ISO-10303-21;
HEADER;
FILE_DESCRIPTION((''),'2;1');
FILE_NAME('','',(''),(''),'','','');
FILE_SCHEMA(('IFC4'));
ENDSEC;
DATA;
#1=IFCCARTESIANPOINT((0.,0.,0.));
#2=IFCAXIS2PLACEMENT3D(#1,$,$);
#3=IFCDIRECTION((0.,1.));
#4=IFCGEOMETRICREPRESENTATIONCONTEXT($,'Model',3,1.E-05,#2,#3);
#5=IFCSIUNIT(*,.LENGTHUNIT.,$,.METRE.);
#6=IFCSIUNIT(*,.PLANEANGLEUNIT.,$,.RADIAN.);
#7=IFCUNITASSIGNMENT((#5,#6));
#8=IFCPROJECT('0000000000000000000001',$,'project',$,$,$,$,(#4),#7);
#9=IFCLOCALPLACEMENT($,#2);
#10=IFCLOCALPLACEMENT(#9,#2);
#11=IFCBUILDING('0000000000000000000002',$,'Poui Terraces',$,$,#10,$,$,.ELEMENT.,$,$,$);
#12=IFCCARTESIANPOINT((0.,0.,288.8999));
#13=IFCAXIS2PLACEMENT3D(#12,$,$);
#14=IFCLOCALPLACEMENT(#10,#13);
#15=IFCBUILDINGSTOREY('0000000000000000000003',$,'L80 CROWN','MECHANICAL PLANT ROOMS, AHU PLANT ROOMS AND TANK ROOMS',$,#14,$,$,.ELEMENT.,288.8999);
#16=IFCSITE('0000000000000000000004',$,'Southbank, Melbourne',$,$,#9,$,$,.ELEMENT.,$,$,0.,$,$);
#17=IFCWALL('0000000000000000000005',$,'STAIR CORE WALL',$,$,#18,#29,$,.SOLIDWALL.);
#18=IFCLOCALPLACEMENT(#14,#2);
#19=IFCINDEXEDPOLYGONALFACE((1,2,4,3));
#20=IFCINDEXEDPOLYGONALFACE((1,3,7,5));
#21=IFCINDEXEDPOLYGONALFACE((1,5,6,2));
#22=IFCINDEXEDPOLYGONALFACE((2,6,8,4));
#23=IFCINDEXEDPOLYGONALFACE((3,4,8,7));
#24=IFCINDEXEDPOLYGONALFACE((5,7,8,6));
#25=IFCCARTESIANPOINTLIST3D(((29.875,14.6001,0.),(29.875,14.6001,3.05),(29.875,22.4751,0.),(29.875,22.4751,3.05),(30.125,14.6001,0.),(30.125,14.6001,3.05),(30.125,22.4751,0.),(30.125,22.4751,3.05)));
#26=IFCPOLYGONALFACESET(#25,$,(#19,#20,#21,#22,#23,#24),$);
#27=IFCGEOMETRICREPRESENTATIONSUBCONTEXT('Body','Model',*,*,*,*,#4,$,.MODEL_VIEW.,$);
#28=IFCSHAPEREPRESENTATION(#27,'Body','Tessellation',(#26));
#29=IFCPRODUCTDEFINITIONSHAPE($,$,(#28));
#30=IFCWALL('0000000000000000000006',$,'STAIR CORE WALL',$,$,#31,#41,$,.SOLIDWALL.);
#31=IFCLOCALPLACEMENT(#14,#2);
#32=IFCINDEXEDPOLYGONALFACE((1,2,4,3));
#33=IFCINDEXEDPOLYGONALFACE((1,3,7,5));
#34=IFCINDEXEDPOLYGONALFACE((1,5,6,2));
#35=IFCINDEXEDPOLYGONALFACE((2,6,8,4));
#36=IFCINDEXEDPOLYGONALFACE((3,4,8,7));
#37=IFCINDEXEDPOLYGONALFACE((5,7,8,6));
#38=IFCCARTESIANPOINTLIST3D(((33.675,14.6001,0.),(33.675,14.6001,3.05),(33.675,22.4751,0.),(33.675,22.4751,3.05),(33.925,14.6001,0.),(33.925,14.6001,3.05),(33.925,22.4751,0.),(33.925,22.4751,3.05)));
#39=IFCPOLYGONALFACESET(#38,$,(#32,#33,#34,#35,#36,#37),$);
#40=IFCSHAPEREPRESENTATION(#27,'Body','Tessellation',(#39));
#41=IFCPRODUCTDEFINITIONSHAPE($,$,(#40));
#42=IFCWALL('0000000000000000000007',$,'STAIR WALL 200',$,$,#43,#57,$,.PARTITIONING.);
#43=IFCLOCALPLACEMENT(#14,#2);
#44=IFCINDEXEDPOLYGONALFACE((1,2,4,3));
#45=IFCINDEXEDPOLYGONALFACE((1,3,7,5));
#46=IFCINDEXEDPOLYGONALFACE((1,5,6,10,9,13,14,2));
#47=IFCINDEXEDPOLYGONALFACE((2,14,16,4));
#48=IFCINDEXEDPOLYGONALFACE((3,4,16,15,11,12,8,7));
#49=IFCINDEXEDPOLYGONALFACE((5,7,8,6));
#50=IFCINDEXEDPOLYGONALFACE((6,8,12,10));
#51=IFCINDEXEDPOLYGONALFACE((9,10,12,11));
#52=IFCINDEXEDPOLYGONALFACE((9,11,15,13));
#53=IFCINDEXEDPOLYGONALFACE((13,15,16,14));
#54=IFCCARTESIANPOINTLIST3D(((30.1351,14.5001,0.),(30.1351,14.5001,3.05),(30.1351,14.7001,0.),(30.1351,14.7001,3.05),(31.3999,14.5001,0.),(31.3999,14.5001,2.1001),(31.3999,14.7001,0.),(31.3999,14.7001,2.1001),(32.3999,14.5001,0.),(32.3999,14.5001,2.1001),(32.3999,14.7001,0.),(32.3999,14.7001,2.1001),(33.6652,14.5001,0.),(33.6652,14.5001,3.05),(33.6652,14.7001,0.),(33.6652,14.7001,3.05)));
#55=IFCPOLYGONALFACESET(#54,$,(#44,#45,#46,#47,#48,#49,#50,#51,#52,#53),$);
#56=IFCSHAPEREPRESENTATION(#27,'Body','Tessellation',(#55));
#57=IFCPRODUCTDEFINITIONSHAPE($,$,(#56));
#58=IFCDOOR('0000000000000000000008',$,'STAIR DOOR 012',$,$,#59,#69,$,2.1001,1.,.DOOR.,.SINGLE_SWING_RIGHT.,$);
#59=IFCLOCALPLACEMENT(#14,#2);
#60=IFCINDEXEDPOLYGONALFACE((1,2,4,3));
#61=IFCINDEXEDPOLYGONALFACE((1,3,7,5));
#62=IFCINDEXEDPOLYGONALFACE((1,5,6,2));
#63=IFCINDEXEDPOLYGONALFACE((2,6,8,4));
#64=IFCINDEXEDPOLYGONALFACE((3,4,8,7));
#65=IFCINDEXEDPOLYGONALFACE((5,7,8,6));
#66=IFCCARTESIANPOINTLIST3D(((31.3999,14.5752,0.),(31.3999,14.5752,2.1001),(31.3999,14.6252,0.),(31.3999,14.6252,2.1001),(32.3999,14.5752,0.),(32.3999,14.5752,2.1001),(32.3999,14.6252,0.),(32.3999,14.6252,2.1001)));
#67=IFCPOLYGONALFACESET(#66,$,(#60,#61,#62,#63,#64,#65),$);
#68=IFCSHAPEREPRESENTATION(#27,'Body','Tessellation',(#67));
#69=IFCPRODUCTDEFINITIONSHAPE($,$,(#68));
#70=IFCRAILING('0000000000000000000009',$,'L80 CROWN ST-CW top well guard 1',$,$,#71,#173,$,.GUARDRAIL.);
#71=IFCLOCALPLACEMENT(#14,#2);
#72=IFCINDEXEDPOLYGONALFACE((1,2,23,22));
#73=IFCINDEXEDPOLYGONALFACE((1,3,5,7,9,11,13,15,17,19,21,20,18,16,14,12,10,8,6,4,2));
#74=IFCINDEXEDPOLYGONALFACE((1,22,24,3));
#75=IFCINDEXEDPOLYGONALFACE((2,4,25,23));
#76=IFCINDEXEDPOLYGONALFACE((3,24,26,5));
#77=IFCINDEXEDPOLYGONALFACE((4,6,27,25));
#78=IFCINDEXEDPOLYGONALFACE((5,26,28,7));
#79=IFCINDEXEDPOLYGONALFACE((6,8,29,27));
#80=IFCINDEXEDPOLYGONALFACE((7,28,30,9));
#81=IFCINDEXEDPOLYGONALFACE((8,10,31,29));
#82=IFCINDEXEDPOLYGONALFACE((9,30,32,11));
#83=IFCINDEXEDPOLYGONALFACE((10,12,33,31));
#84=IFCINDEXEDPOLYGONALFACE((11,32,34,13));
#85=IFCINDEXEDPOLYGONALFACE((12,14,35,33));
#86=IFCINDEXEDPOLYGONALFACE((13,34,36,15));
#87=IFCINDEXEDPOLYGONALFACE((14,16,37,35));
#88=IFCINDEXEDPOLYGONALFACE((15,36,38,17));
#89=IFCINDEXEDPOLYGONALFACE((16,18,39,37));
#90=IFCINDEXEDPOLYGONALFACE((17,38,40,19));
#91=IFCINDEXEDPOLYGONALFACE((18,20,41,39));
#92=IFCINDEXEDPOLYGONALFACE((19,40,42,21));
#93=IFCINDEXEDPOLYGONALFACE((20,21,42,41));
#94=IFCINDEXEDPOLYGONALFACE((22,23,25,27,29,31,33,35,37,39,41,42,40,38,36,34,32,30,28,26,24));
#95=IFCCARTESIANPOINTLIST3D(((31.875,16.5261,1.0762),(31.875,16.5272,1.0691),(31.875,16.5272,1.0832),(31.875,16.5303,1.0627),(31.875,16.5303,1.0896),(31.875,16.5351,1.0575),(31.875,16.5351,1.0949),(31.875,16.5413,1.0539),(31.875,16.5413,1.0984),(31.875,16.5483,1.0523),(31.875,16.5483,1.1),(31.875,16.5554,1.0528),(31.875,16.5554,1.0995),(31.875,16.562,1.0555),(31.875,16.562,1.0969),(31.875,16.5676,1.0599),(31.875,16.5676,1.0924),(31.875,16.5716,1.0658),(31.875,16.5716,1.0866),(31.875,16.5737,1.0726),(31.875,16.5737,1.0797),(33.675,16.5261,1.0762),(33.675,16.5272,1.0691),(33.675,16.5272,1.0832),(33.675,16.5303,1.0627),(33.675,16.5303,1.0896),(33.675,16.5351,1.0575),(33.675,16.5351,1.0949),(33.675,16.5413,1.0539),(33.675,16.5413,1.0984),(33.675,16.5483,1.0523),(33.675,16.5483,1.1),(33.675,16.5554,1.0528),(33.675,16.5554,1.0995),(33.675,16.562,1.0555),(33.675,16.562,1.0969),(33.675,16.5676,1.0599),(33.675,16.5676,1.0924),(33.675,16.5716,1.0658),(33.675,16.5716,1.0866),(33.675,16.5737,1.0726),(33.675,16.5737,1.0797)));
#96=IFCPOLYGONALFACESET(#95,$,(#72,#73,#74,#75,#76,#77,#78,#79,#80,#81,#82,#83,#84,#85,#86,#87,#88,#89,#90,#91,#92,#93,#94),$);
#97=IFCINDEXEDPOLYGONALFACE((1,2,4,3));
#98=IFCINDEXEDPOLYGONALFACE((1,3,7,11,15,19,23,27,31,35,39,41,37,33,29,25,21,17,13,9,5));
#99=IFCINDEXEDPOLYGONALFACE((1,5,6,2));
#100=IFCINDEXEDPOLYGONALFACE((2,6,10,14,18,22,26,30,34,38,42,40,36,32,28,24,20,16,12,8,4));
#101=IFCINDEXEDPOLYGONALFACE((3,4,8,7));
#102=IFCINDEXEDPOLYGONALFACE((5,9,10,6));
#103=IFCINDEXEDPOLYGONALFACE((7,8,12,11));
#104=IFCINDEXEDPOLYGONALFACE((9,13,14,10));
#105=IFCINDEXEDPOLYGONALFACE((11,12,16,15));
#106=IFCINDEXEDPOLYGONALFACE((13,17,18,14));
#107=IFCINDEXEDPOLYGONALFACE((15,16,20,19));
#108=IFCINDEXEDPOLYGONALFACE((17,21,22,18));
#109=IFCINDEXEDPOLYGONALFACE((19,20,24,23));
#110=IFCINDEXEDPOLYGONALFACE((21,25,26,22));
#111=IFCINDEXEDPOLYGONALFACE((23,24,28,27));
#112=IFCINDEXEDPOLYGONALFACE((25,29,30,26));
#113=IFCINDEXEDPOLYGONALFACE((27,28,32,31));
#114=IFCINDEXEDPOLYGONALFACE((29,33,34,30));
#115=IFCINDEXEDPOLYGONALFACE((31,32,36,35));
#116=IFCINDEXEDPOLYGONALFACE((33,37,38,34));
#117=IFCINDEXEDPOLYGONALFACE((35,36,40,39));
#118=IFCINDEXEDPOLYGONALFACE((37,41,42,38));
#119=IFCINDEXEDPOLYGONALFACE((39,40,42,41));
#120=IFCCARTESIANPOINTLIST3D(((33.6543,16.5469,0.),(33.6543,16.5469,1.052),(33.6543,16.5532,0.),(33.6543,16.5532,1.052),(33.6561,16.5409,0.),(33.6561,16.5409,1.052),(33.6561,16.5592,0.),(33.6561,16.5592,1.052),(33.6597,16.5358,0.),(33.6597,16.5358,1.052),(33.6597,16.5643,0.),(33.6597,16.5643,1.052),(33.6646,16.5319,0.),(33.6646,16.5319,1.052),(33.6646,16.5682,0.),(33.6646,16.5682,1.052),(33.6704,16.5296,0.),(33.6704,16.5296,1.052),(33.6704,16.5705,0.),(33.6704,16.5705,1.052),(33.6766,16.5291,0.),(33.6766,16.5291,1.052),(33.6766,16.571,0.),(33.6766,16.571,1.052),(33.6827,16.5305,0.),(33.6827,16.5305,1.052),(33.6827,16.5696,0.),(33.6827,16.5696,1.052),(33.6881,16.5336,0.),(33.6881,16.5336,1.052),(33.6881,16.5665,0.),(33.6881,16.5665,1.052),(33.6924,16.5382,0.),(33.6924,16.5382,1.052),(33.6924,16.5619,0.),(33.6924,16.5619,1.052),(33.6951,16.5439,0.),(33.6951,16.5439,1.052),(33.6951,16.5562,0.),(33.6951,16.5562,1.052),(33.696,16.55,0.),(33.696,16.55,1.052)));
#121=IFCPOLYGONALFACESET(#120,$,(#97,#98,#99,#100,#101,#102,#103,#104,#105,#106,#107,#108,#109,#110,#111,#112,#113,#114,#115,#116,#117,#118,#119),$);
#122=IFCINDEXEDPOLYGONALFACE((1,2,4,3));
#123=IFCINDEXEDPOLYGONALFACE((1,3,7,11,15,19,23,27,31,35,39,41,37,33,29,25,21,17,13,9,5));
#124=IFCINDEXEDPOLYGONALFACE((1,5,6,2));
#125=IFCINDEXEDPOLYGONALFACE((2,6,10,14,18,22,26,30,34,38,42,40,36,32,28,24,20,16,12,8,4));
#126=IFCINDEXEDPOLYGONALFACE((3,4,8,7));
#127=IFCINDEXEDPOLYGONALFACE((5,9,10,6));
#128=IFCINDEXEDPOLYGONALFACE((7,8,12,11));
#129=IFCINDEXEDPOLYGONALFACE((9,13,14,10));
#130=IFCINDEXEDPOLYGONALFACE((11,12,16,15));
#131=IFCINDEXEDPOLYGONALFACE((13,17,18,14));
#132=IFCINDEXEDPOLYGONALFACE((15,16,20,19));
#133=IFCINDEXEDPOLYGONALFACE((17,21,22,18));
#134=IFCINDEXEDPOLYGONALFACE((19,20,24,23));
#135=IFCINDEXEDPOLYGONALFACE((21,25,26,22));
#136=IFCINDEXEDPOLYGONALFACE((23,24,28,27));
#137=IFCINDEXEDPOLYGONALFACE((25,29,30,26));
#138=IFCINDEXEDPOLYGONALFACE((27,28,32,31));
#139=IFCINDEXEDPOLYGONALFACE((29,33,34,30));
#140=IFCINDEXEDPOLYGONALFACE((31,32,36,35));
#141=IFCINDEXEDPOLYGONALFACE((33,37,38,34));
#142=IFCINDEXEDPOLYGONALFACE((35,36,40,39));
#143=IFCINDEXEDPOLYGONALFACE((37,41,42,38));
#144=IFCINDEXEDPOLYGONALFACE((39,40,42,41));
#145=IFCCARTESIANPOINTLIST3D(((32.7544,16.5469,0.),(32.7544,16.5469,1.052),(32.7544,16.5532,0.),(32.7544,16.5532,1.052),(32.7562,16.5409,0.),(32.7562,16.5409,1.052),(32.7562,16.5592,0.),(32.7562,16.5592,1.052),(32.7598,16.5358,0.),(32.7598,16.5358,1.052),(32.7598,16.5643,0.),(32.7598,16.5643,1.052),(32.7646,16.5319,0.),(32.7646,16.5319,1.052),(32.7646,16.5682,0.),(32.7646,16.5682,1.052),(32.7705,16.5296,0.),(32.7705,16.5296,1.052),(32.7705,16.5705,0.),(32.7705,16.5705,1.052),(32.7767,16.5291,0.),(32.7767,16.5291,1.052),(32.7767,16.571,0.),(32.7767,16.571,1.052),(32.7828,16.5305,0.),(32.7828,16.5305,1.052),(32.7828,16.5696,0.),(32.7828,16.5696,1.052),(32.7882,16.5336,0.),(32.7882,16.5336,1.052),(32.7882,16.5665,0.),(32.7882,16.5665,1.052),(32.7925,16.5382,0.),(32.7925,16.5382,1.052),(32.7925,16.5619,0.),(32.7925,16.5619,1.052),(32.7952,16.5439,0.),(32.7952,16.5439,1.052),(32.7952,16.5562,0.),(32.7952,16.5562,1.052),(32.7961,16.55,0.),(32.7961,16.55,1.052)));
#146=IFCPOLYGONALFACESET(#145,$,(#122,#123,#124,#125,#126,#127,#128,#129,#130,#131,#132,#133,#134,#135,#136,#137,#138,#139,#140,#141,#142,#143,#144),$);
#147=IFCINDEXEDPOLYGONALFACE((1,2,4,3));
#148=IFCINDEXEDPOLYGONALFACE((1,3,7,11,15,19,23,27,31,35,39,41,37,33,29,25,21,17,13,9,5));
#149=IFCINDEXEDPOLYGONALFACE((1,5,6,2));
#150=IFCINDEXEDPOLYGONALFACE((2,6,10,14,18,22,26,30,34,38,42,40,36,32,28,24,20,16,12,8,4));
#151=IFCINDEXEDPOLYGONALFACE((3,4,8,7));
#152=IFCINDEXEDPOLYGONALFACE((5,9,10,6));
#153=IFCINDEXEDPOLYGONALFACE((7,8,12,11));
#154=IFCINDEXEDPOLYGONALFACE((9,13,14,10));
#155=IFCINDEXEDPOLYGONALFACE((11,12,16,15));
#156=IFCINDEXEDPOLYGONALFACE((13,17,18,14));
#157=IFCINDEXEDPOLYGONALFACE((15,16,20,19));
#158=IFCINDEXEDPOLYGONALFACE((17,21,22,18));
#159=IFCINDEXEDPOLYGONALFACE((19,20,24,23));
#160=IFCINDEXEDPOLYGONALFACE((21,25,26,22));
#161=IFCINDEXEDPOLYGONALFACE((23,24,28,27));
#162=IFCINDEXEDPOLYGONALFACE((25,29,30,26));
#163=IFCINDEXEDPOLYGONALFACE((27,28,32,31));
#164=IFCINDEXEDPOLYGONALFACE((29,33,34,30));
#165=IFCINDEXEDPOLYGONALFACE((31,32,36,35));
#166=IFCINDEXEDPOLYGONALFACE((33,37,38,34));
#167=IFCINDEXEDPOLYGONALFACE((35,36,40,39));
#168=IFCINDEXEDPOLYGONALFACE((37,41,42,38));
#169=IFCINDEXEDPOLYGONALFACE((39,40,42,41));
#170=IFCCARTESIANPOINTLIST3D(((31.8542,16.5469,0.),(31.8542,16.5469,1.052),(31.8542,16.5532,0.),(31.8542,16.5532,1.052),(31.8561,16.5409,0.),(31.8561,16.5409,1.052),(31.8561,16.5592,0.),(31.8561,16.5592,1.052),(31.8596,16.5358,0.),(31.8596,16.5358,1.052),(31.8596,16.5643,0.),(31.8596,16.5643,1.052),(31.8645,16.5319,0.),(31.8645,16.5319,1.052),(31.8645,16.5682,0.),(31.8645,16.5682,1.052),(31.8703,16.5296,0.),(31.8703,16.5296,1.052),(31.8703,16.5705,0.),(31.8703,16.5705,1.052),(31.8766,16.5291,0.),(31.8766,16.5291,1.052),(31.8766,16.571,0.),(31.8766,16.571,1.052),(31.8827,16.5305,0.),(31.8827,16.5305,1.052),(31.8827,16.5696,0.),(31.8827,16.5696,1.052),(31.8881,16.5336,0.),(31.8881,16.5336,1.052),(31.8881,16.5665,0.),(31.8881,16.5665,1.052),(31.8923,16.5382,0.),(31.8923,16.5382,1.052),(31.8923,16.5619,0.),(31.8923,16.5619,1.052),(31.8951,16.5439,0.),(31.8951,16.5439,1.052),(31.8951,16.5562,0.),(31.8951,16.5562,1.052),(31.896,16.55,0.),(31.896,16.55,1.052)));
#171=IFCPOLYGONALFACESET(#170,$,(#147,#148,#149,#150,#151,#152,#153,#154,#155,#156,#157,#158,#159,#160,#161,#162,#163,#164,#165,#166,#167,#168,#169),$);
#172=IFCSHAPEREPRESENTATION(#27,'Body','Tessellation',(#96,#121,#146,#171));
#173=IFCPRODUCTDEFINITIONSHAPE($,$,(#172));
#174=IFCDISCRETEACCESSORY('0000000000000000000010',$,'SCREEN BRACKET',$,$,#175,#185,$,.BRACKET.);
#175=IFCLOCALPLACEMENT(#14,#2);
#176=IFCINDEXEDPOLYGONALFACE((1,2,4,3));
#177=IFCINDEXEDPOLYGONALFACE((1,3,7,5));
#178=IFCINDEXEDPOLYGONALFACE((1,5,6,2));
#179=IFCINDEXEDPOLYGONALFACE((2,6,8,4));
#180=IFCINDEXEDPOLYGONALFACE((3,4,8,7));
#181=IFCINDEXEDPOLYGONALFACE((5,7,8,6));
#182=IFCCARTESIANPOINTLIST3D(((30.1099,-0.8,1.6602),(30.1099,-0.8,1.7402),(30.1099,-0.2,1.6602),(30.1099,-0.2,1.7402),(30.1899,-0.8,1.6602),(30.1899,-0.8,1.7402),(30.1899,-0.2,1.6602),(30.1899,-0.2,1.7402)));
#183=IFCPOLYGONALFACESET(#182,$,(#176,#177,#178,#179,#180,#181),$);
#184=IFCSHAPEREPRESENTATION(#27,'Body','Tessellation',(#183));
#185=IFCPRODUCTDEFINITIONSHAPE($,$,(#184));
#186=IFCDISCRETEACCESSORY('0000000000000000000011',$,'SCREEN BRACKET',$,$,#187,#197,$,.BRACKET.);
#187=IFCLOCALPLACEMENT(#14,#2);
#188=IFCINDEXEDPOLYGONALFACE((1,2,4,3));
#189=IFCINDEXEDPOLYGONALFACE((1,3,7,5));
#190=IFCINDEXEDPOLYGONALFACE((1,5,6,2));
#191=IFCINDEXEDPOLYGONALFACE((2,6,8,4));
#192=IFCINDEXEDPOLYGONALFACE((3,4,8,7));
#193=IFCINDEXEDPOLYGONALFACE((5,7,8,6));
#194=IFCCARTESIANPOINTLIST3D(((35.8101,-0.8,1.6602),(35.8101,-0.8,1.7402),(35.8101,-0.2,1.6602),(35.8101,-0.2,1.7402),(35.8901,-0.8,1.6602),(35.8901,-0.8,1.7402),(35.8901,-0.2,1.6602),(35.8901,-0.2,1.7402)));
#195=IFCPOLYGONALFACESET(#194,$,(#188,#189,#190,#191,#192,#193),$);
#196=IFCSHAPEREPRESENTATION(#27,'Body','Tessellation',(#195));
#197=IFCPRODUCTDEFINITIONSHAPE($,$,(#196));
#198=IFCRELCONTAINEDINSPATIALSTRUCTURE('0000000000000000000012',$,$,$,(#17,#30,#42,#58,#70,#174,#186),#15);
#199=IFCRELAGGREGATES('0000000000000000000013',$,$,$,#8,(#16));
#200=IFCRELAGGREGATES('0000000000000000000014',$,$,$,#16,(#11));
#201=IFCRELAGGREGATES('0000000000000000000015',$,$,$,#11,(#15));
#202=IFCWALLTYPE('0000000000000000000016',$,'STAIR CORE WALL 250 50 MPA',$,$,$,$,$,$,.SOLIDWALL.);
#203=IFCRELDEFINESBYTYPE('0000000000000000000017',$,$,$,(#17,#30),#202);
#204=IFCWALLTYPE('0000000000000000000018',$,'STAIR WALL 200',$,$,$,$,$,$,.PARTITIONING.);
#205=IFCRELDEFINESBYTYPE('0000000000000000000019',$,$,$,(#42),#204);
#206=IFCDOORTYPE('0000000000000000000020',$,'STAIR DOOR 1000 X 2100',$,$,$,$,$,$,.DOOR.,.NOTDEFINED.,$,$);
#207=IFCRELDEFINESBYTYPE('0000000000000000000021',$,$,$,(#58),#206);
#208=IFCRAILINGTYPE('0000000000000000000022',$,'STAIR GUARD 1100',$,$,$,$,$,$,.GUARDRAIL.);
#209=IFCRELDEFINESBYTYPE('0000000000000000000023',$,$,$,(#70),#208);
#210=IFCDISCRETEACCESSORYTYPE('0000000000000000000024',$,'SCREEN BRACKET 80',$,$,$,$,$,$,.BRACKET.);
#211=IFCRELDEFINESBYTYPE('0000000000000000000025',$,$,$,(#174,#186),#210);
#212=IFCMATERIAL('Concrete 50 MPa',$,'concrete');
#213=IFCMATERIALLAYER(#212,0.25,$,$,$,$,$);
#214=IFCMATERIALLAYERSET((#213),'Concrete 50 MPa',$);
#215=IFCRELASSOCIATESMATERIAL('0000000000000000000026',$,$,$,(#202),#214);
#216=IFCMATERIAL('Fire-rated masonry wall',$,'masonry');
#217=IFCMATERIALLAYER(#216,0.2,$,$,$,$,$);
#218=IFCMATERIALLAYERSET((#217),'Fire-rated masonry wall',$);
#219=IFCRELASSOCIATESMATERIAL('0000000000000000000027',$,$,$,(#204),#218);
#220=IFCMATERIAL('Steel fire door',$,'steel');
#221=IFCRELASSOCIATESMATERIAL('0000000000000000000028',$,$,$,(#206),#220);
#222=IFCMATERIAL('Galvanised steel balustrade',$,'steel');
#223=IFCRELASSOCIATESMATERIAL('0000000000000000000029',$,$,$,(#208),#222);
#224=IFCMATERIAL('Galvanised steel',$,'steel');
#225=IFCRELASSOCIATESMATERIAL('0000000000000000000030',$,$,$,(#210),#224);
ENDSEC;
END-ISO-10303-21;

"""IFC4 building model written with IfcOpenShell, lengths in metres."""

from ifc_helpers import new_model, si_unit, direction, frame, frame_2d, origin, origin_2d, place, context, subcontext, project, spatial, rectangle, circle, extrude, source, transform, mapped, material, layer, layer_set, material_profile, profile_set, type_object, element, fill, save


model = new_model("IFC4")

# Units and contexts
model_context = context("Model", 3, precision=1e-05, world=origin(), true_north=direction((0.0, 1.0)))
body_context = subcontext(model_context, "Body", "Model", "MODEL_VIEW")
ifc_project = project(units=[si_unit("LENGTHUNIT", "METRE"), si_unit("PLANEANGLEUNIT", "RADIAN")], contexts=[model_context])

# Site, building, storey
site_placement = place(None, origin())
site = spatial("IfcSite", under=ifc_project, at=site_placement, Name="Southbank, Melbourne", CompositionType="ELEMENT", RefElevation=0.0)
building_placement = place(site_placement, origin())
building = spatial("IfcBuilding", under=site, at=building_placement, Name="Poui Terraces", CompositionType="ELEMENT")
storey_placement = place(building_placement, frame((0.0, 0.0, 288.8999)))
storey = spatial("IfcBuildingStorey", under=building, at=storey_placement, Name="L80 CROWN", Description="MECHANICAL PLANT ROOMS, AHU PLANT ROOMS AND TANK ROOMS", CompositionType="ELEMENT", Elevation=288.8999)

# Shared definitions
ifc_material_1 = material(Name="Concrete 50 MPa", Category="concrete")

# Shared definitions
ifc_material_2 = material(Name="Steel fire door", Category="steel")

# Shared definitions
ifc_material_3 = material(Name="Fire-rated masonry wall", Category="masonry")

# Walls
ifc_layer_1 = layer(ifc_material_1, 0.25)
ifc_layer_set_1 = layer_set([ifc_layer_1], Name="Concrete 50 MPa")
wall_type_1 = type_object("IfcWallType", Name="STAIR CORE WALL 250 50 MPA", PredefinedType="SOLIDWALL", material=ifc_layer_set_1)
for number, where, z_axis, x_axis, name in (
    (1, (30.0, 14.6001, 0.0), (0.0, 0.0, 1.0), (0.0, 1.0, 0.0), "STAIR CORE WALL"),
    (2, (33.8, 14.6001, 0.0), (0.0, 0.0, 1.0), (0.0, 1.0, 0.0), "STAIR CORE WALL"),
):
    element("IfcWall", number, at=place(storey_placement, frame(where, z_axis=z_axis, x_axis=x_axis)), inside=storey, type_object=wall_type_1, Name=name, PredefinedType="SOLIDWALL", context=body_context, shape_type="SweptSolid", body=[
        extrude(rectangle(XDim=7.875, YDim=0.25, at=frame_2d((3.9375, 0.0))), origin(), (0.0, 0.0, 1.0), 3.05),
    ])

# Wall, opening, door
ifc_layer_2 = layer(ifc_material_3, 0.2)
ifc_layer_set_2 = layer_set([ifc_layer_2], Name="Fire-rated masonry wall")
wall_type_2 = type_object("IfcWallType", Name="STAIR WALL 200", PredefinedType="PARTITIONING", material=ifc_layer_set_2)
wall_1_placement = place(storey_placement, frame((30.135, 14.6001, 0.0), z_axis=(0.0, 0.0, 1.0), x_axis=(1.0, 0.0, 0.0)))
wall_1 = element("IfcWall", 3, at=wall_1_placement, inside=storey, type_object=wall_type_2, Name="STAIR WALL 200", PredefinedType="PARTITIONING", context=body_context, shape_type="SweptSolid", body=[
    extrude(rectangle(XDim=3.53, YDim=0.2, at=frame_2d((1.7651, 0.0))), origin(), (0.0, 0.0, 1.0), 3.05),
])
opening_1_placement = place(wall_1_placement, frame((1.2649, 0.0, 0.0)))
opening_1 = element("IfcOpeningElement", 4, at=opening_1_placement, cuts=wall_1, PredefinedType="OPENING", context=body_context, shape_type="SweptSolid", body=[
    extrude(rectangle(XDim=1.0, YDim=2.1001, at=frame_2d((0.5, 1.05))), frame((0.0, 0.1099, 0.0), z_axis=(0.0, -1.0, 0.0), x_axis=(1.0, 0.0, 0.0)), (0.0, 0.0, 1.0), 0.22),
])
door_type_1 = type_object("IfcDoorType", Name="STAIR DOOR 1000 X 2100", OperationType="NOTDEFINED", PredefinedType="DOOR", material=ifc_material_2)
door_1_placement = place(opening_1_placement, frame((1.0, 0.0, 0.0), z_axis=(0.0, 0.0, 1.0), x_axis=(-1.0, 0.0, 0.0)))
door_1 = element("IfcDoor", 5, at=door_1_placement, inside=storey, type_object=door_type_1, Name="STAIR DOOR 012", OperationType="SINGLE_SWING_RIGHT", OverallHeight=2.1001, OverallWidth=1.0, PredefinedType="DOOR", context=body_context, shape_type="SweptSolid", body=[
    extrude(rectangle(XDim=1.0, YDim=2.1001, at=frame_2d((0.5, 1.05))), frame((0.0, 0.0249, 0.0), z_axis=(0.0, -1.0, 0.0), x_axis=(1.0, 0.0, 0.0)), (0.0, 0.0, 1.0), 0.05),
])
fill(opening_1, door_1)

# Railing
ifc_material_4 = material(Name="Galvanised steel balustrade", Category="steel")
railing_type = type_object("IfcRailingType", Name="STAIR GUARD 1100", PredefinedType="GUARDRAIL", material=ifc_material_4)
railing_placement = place(storey_placement, frame((33.675, 16.55, 0.0)))
element("IfcRailing", 6, at=railing_placement, inside=storey, type_object=railing_type, Name="L80 CROWN ST-CW top well guard 1", PredefinedType="GUARDRAIL", context=body_context, shape_type="SweptSolid", body=[
    extrude(circle(Radius=0.0239, at=origin_2d()), frame((0.0, 0.0, 1.0762), z_axis=(-1.0, 0.0, 0.0), x_axis=(0.0, -1.0, 0.0)), (0.0, 0.0, 1.0), 1.8),
    extrude(circle(Radius=0.021, at=origin_2d()), origin(), (0.0, 0.0, 1.0), 1.052),
    extrude(circle(Radius=0.021, at=origin_2d()), frame((-0.8999, 0.0, 0.0)), (0.0, 0.0, 1.0), 1.052),
    extrude(circle(Radius=0.021, at=origin_2d()), frame((-1.8, 0.0, 0.0)), (0.0, 0.0, 1.0), 1.052),
])

# Discrete accessories
ifc_material_5 = material(Name="Galvanised steel", Category="steel")
ifc_material_profile_1 = material_profile(ifc_material_5, rectangle(XDim=0.0801, YDim=0.0801, at=origin_2d()), Name="SCREEN BRACKET 80")
ifc_profile_set_1 = profile_set([ifc_material_profile_1], Name="Galvanised steel")
discrete_accessory_type = type_object("IfcDiscreteAccessoryType", Name="SCREEN BRACKET 80", PredefinedType="BRACKET", material=ifc_profile_set_1)
shared_shape_1 = source(origin(), body_context, "Body", "SweptSolid", [
    extrude(rectangle(XDim=0.0801, YDim=0.0801, at=origin_2d()), origin(), (0.0, 0.0, 1.0), 0.6001),
])
for number, where, z_axis, x_axis, name in (
    (7, (30.1499, -0.2, 1.7002), (0.0, -1.0, 0.0), (1.0, 0.0, 0.0), "SCREEN BRACKET"),
    (8, (35.8501, -0.2, 1.7002), (0.0, -1.0, 0.0), (1.0, 0.0, 0.0), "SCREEN BRACKET"),
):
    element("IfcDiscreteAccessory", number, at=place(storey_placement, frame(where, z_axis=z_axis, x_axis=x_axis)), inside=storey, type_object=discrete_accessory_type, Name=name, PredefinedType="BRACKET", context=body_context, shape_type="MappedRepresentation", body=[
        mapped(shared_shape_1, transform((0.0, 0.0, 0.0))),
    ])

save(model, "model.ifc")
